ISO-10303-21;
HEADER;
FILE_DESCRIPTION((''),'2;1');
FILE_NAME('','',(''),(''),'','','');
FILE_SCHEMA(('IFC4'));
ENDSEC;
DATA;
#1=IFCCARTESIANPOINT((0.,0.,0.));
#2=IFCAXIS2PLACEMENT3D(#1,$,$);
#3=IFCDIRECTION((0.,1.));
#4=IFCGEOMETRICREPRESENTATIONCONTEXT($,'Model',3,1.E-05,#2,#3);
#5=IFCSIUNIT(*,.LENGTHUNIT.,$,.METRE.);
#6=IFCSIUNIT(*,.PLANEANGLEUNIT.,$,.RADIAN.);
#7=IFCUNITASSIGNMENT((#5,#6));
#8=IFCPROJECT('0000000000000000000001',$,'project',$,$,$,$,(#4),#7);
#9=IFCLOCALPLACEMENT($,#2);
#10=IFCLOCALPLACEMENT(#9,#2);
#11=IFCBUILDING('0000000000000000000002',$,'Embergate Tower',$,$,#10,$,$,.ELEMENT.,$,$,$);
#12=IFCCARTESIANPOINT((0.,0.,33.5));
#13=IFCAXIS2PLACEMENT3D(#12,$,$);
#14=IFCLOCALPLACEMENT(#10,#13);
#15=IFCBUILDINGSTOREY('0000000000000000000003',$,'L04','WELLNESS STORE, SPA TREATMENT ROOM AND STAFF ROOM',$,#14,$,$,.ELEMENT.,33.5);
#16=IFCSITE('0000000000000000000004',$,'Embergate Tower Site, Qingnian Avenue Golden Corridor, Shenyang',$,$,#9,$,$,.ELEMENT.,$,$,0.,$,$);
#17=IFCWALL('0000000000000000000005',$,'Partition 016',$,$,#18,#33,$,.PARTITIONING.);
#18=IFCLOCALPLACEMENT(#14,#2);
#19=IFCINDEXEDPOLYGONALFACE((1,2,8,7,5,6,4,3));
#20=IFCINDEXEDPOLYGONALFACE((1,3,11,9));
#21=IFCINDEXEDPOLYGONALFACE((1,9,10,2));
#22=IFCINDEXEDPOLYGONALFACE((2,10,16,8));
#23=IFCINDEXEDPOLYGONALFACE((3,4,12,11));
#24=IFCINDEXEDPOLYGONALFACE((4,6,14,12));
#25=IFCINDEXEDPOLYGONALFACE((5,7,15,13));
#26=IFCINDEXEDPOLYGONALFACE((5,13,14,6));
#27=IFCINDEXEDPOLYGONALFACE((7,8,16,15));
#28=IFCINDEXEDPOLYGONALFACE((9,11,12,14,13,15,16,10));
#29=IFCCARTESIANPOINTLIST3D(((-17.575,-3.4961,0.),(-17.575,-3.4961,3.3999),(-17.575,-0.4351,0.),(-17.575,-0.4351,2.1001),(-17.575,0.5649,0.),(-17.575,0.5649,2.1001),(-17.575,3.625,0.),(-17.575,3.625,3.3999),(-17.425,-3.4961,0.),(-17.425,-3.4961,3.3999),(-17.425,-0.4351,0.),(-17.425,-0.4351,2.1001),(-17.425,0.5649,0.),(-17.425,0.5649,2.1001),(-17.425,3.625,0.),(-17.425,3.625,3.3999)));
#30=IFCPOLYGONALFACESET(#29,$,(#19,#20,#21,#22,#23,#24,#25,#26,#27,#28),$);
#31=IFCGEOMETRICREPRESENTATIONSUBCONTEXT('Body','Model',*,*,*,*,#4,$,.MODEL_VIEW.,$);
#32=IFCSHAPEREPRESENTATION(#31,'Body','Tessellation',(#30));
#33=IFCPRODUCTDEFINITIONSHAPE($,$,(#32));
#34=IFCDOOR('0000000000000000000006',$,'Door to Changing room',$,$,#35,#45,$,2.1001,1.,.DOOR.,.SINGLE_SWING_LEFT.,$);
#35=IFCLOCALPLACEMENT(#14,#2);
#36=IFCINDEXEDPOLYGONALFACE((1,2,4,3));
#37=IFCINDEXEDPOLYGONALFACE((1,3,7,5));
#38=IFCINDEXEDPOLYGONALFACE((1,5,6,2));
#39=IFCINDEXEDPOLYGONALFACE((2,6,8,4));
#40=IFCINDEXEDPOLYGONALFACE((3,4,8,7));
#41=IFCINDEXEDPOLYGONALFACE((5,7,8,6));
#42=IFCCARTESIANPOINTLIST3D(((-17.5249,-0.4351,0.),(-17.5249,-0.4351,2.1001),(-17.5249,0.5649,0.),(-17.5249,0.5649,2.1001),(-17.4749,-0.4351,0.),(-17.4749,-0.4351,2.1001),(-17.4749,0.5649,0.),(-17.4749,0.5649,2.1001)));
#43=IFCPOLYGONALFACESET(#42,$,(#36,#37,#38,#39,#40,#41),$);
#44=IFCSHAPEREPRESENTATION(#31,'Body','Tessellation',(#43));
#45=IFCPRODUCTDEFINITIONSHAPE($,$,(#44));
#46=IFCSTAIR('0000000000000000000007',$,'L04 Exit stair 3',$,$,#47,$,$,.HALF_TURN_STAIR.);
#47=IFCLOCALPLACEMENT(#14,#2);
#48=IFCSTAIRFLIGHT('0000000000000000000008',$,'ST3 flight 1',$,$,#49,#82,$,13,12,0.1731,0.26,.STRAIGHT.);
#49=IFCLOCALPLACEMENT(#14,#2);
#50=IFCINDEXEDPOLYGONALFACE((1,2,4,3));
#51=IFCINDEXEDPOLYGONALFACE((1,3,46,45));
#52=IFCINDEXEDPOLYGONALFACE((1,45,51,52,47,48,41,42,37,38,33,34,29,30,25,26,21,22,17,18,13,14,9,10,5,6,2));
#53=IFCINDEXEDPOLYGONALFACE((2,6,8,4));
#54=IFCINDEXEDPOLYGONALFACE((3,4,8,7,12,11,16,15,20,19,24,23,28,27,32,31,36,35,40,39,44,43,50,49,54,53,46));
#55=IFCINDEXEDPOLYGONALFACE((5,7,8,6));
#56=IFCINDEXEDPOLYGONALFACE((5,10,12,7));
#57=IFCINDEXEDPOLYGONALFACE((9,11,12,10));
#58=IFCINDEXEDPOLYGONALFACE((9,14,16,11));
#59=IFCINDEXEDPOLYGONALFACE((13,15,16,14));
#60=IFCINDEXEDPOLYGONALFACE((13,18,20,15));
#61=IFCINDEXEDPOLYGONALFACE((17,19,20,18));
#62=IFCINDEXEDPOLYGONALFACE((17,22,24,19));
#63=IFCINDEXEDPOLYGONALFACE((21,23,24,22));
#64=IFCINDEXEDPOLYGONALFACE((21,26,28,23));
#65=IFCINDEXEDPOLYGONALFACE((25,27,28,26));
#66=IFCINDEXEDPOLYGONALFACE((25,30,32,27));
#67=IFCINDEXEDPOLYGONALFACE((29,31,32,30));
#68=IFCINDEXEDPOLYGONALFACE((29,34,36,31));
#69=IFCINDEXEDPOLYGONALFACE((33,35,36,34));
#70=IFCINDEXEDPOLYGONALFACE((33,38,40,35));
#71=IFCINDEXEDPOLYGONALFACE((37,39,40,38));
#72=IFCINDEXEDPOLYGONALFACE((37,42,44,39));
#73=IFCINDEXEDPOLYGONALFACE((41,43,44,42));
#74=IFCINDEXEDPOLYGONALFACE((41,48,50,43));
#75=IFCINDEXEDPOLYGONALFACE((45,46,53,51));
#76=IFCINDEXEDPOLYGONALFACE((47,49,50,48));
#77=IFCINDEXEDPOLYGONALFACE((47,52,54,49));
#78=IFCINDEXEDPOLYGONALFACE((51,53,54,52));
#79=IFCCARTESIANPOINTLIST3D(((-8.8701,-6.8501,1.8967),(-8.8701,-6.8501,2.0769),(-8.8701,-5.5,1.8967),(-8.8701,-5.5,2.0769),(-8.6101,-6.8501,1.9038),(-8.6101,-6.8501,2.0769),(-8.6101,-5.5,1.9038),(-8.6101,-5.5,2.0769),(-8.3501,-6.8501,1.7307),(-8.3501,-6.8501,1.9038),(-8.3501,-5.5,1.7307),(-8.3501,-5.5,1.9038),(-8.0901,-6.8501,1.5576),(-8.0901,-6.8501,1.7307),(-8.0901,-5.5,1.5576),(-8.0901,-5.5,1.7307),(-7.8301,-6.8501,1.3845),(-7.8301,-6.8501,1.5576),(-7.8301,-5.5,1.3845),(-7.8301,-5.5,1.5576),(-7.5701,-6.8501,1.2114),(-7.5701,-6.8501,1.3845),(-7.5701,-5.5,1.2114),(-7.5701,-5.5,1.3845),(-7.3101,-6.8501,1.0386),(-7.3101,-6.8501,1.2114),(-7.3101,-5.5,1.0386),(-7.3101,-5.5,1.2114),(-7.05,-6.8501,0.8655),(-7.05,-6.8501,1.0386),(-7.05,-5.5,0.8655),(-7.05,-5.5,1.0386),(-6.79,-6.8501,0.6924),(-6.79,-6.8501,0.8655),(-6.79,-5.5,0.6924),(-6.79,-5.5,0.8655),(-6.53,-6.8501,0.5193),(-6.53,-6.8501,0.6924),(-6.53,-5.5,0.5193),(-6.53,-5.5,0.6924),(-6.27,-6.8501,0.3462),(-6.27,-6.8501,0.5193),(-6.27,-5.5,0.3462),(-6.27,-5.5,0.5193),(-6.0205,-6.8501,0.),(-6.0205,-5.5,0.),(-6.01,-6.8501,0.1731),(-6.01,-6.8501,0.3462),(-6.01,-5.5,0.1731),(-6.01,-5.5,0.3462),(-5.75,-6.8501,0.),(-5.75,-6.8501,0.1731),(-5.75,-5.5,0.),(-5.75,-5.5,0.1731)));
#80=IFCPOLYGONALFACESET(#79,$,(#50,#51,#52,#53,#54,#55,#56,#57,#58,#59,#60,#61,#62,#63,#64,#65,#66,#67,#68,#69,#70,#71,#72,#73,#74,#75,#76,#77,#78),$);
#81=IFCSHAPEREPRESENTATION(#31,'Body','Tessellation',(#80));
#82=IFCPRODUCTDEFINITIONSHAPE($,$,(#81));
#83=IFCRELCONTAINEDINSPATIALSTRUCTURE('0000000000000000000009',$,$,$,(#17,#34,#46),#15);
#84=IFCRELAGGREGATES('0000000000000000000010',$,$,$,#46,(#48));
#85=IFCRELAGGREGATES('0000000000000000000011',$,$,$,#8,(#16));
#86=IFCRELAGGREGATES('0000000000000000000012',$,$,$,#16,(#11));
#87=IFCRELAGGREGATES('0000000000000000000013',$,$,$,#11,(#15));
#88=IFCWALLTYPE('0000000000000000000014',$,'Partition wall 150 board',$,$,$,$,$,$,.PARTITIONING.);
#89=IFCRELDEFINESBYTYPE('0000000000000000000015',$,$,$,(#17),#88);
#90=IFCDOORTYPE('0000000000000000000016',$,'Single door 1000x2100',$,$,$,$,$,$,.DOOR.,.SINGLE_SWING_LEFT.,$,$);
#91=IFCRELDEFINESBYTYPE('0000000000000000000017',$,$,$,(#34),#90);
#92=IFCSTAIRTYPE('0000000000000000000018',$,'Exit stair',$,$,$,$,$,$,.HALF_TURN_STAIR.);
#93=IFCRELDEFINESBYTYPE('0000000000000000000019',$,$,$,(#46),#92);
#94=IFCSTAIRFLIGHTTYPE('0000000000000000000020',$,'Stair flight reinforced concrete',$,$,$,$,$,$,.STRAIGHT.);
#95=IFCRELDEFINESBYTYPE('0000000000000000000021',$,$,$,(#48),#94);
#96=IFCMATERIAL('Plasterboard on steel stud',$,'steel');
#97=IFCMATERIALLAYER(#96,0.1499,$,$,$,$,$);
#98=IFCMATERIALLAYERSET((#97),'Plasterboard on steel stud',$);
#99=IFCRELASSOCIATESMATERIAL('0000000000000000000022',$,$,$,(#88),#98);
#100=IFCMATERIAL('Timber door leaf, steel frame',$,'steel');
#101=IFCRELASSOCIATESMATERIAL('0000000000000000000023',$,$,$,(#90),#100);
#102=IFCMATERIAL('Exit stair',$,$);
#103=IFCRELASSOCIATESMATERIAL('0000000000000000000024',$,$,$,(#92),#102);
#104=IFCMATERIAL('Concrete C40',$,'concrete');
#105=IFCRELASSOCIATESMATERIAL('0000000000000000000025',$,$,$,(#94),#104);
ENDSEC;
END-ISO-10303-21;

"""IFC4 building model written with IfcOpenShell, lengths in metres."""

from ifc_helpers import new_model, si_unit, direction, frame, frame_2d, origin, place, context, subcontext, project, spatial, polyline, rectangle, outline, extrude, source, transform, mapped, material, layer, layer_set, type_object, element, fill, aggregate, save


model = new_model("IFC4")

# Units and contexts
model_context = context("Model", 3, precision=1e-05, world=origin(), true_north=direction((0.0, 1.0)))
body_context = subcontext(model_context, "Body", "Model", "MODEL_VIEW")
ifc_project = project(units=[si_unit("LENGTHUNIT", "METRE"), si_unit("PLANEANGLEUNIT", "RADIAN")], contexts=[model_context])

# Site, building, storey
site_placement = place(None, origin())
site = spatial("IfcSite", under=ifc_project, at=site_placement, Name="Embergate Tower Site, Qingnian Avenue Golden Corridor, Shenyang", CompositionType="ELEMENT", RefElevation=0.0)
building_placement = place(site_placement, origin())
building = spatial("IfcBuilding", under=site, at=building_placement, Name="Embergate Tower", CompositionType="ELEMENT")
storey_placement = place(building_placement, frame((0.0, 0.0, 33.5)))
storey = spatial("IfcBuildingStorey", under=building, at=storey_placement, Name="L04", Description="WELLNESS STORE, SPA TREATMENT ROOM AND STAFF ROOM", CompositionType="ELEMENT", Elevation=33.5)

# Shared definitions
ifc_material_1 = material(Name="Concrete C40", Category="concrete")
ifc_material_2 = material(Name="Plasterboard on steel stud", Category="steel")
ifc_layer_1 = layer(ifc_material_2, 0.1499)
ifc_layer_set_1 = layer_set([ifc_layer_1], Name="Plasterboard on steel stud")
wall_type_1 = type_object("IfcWallType", Name="Partition wall 150 board", PredefinedType="PARTITIONING", material=ifc_layer_set_1)

# Wall, opening, door
shared_shape_1 = source(origin(), body_context, "Body", "SweptSolid", [
    extrude(rectangle(XDim=7.1211, YDim=0.1499, at=frame_2d((3.5605, 0.0))), origin(), (0.0, 0.0, 1.0), 3.3999),
])
wall_1_placement = place(storey_placement, frame((-17.5, -3.4961, 0.0), z_axis=(0.0, 0.0, 1.0), x_axis=(0.0, 1.0, 0.0)))
wall_1 = element("IfcWall", 1, at=wall_1_placement, inside=storey, type_object=wall_type_1, Name="Partition 016", PredefinedType="PARTITIONING", context=body_context, shape_type="MappedRepresentation", body=[
    mapped(shared_shape_1, transform((0.0, 0.0, 0.0))),
])
shared_shape_2 = source(origin(), body_context, "Body", "SweptSolid", [
    extrude(rectangle(XDim=1.0, YDim=2.1001, at=frame_2d((0.5, 1.05))), frame((0.0, 0.085, 0.0), z_axis=(0.0, -1.0, 0.0), x_axis=(1.0, 0.0, 0.0)), (0.0, 0.0, 1.0), 0.1699),
])
opening_1_placement = place(wall_1_placement, frame((3.061, 0.0, 0.0)))
opening_1 = element("IfcOpeningElement", 2, at=opening_1_placement, cuts=wall_1, PredefinedType="OPENING", context=body_context, shape_type="MappedRepresentation", body=[
    mapped(shared_shape_2, transform((0.0, 0.0, 0.0))),
])
ifc_material_3 = material(Name="Timber door leaf, steel frame", Category="steel")
door_type_1 = type_object("IfcDoorType", Name="Single door 1000x2100", OperationType="SINGLE_SWING_LEFT", PredefinedType="DOOR", material=ifc_material_3)
shared_shape_3 = source(origin(), body_context, "Body", "SweptSolid", [
    extrude(rectangle(XDim=1.0, YDim=2.1001, at=frame_2d((0.5, 1.05))), frame((0.0, 0.0249, 0.0), z_axis=(0.0, -1.0, 0.0), x_axis=(1.0, 0.0, 0.0)), (0.0, 0.0, 1.0), 0.05),
])
door_1_placement = place(opening_1_placement, origin())
door_1 = element("IfcDoor", 3, at=door_1_placement, inside=storey, type_object=door_type_1, Name="Door to Changing room", OperationType="SINGLE_SWING_LEFT", OverallHeight=2.1001, OverallWidth=1.0, PredefinedType="DOOR", context=body_context, shape_type="MappedRepresentation", body=[
    mapped(shared_shape_3, transform((0.0, 0.0, 0.0))),
])
fill(opening_1, door_1)

# Stair, stair flight
ifc_material_4 = material(Name="Exit stair")
stair_type = type_object("IfcStairType", Name="Exit stair", PredefinedType="HALF_TURN_STAIR", material=ifc_material_4)
stair_placement = place(storey_placement, origin())
stair = element("IfcStair", 4, at=stair_placement, inside=storey, type_object=stair_type, Name="L04 Exit stair 3", PredefinedType="HALF_TURN_STAIR")
stair_flight_type = type_object("IfcStairFlightType", Name="Stair flight reinforced concrete", PredefinedType="STRAIGHT", material=ifc_material_1)
shared_shape_4 = source(origin(), body_context, "Body", "SweptSolid", [
    extrude(outline(polyline([(0.0, 0.0), (0.0, 0.1731), (0.26, 0.1731), (0.26, 0.3462), (0.52, 0.3462), (0.52, 0.5193), (0.78, 0.5193), (0.78, 0.6924), (1.04, 0.6924), (1.04, 0.8655), (1.3, 0.8655), (1.3, 1.0386), (1.5601, 1.0386), (1.5601, 1.2114), (1.8201, 1.2114), (1.8201, 1.3845), (2.0801, 1.3845), (2.0801, 1.5576), (2.3401, 1.5576), (2.3401, 1.7307), (2.6001, 1.7307), (2.6001, 1.9038), (2.8601, 1.9038), (2.8601, 2.0769), (3.1201, 2.0769), (3.1201, 2.25), (3.1201, 1.8967), (0.2705, 0.0), (0.0, 0.0)])), frame((0.0, 0.675, 0.0), z_axis=(0.0, -1.0, 0.0), x_axis=(1.0, 0.0, 0.0)), (0.0, 0.0, 1.0), 1.3501),
])
stair_flight_placement = place(storey_placement, frame((-5.75, -6.175, 0.0), z_axis=(0.0, 0.0, 1.0), x_axis=(-1.0, 0.0, 0.0)))
stair_flight = element("IfcStairFlight", 5, at=stair_flight_placement, type_object=stair_flight_type, Name="ST3 flight 1", NumberOfRisers=13, NumberOfTreads=12, PredefinedType="STRAIGHT", RiserHeight=0.1731, TreadLength=0.26, context=body_context, shape_type="MappedRepresentation", body=[
    mapped(shared_shape_4, transform((0.0, 0.0, 0.0))),
])
aggregate(stair, [stair_flight])

save(model, "model.ifc")
